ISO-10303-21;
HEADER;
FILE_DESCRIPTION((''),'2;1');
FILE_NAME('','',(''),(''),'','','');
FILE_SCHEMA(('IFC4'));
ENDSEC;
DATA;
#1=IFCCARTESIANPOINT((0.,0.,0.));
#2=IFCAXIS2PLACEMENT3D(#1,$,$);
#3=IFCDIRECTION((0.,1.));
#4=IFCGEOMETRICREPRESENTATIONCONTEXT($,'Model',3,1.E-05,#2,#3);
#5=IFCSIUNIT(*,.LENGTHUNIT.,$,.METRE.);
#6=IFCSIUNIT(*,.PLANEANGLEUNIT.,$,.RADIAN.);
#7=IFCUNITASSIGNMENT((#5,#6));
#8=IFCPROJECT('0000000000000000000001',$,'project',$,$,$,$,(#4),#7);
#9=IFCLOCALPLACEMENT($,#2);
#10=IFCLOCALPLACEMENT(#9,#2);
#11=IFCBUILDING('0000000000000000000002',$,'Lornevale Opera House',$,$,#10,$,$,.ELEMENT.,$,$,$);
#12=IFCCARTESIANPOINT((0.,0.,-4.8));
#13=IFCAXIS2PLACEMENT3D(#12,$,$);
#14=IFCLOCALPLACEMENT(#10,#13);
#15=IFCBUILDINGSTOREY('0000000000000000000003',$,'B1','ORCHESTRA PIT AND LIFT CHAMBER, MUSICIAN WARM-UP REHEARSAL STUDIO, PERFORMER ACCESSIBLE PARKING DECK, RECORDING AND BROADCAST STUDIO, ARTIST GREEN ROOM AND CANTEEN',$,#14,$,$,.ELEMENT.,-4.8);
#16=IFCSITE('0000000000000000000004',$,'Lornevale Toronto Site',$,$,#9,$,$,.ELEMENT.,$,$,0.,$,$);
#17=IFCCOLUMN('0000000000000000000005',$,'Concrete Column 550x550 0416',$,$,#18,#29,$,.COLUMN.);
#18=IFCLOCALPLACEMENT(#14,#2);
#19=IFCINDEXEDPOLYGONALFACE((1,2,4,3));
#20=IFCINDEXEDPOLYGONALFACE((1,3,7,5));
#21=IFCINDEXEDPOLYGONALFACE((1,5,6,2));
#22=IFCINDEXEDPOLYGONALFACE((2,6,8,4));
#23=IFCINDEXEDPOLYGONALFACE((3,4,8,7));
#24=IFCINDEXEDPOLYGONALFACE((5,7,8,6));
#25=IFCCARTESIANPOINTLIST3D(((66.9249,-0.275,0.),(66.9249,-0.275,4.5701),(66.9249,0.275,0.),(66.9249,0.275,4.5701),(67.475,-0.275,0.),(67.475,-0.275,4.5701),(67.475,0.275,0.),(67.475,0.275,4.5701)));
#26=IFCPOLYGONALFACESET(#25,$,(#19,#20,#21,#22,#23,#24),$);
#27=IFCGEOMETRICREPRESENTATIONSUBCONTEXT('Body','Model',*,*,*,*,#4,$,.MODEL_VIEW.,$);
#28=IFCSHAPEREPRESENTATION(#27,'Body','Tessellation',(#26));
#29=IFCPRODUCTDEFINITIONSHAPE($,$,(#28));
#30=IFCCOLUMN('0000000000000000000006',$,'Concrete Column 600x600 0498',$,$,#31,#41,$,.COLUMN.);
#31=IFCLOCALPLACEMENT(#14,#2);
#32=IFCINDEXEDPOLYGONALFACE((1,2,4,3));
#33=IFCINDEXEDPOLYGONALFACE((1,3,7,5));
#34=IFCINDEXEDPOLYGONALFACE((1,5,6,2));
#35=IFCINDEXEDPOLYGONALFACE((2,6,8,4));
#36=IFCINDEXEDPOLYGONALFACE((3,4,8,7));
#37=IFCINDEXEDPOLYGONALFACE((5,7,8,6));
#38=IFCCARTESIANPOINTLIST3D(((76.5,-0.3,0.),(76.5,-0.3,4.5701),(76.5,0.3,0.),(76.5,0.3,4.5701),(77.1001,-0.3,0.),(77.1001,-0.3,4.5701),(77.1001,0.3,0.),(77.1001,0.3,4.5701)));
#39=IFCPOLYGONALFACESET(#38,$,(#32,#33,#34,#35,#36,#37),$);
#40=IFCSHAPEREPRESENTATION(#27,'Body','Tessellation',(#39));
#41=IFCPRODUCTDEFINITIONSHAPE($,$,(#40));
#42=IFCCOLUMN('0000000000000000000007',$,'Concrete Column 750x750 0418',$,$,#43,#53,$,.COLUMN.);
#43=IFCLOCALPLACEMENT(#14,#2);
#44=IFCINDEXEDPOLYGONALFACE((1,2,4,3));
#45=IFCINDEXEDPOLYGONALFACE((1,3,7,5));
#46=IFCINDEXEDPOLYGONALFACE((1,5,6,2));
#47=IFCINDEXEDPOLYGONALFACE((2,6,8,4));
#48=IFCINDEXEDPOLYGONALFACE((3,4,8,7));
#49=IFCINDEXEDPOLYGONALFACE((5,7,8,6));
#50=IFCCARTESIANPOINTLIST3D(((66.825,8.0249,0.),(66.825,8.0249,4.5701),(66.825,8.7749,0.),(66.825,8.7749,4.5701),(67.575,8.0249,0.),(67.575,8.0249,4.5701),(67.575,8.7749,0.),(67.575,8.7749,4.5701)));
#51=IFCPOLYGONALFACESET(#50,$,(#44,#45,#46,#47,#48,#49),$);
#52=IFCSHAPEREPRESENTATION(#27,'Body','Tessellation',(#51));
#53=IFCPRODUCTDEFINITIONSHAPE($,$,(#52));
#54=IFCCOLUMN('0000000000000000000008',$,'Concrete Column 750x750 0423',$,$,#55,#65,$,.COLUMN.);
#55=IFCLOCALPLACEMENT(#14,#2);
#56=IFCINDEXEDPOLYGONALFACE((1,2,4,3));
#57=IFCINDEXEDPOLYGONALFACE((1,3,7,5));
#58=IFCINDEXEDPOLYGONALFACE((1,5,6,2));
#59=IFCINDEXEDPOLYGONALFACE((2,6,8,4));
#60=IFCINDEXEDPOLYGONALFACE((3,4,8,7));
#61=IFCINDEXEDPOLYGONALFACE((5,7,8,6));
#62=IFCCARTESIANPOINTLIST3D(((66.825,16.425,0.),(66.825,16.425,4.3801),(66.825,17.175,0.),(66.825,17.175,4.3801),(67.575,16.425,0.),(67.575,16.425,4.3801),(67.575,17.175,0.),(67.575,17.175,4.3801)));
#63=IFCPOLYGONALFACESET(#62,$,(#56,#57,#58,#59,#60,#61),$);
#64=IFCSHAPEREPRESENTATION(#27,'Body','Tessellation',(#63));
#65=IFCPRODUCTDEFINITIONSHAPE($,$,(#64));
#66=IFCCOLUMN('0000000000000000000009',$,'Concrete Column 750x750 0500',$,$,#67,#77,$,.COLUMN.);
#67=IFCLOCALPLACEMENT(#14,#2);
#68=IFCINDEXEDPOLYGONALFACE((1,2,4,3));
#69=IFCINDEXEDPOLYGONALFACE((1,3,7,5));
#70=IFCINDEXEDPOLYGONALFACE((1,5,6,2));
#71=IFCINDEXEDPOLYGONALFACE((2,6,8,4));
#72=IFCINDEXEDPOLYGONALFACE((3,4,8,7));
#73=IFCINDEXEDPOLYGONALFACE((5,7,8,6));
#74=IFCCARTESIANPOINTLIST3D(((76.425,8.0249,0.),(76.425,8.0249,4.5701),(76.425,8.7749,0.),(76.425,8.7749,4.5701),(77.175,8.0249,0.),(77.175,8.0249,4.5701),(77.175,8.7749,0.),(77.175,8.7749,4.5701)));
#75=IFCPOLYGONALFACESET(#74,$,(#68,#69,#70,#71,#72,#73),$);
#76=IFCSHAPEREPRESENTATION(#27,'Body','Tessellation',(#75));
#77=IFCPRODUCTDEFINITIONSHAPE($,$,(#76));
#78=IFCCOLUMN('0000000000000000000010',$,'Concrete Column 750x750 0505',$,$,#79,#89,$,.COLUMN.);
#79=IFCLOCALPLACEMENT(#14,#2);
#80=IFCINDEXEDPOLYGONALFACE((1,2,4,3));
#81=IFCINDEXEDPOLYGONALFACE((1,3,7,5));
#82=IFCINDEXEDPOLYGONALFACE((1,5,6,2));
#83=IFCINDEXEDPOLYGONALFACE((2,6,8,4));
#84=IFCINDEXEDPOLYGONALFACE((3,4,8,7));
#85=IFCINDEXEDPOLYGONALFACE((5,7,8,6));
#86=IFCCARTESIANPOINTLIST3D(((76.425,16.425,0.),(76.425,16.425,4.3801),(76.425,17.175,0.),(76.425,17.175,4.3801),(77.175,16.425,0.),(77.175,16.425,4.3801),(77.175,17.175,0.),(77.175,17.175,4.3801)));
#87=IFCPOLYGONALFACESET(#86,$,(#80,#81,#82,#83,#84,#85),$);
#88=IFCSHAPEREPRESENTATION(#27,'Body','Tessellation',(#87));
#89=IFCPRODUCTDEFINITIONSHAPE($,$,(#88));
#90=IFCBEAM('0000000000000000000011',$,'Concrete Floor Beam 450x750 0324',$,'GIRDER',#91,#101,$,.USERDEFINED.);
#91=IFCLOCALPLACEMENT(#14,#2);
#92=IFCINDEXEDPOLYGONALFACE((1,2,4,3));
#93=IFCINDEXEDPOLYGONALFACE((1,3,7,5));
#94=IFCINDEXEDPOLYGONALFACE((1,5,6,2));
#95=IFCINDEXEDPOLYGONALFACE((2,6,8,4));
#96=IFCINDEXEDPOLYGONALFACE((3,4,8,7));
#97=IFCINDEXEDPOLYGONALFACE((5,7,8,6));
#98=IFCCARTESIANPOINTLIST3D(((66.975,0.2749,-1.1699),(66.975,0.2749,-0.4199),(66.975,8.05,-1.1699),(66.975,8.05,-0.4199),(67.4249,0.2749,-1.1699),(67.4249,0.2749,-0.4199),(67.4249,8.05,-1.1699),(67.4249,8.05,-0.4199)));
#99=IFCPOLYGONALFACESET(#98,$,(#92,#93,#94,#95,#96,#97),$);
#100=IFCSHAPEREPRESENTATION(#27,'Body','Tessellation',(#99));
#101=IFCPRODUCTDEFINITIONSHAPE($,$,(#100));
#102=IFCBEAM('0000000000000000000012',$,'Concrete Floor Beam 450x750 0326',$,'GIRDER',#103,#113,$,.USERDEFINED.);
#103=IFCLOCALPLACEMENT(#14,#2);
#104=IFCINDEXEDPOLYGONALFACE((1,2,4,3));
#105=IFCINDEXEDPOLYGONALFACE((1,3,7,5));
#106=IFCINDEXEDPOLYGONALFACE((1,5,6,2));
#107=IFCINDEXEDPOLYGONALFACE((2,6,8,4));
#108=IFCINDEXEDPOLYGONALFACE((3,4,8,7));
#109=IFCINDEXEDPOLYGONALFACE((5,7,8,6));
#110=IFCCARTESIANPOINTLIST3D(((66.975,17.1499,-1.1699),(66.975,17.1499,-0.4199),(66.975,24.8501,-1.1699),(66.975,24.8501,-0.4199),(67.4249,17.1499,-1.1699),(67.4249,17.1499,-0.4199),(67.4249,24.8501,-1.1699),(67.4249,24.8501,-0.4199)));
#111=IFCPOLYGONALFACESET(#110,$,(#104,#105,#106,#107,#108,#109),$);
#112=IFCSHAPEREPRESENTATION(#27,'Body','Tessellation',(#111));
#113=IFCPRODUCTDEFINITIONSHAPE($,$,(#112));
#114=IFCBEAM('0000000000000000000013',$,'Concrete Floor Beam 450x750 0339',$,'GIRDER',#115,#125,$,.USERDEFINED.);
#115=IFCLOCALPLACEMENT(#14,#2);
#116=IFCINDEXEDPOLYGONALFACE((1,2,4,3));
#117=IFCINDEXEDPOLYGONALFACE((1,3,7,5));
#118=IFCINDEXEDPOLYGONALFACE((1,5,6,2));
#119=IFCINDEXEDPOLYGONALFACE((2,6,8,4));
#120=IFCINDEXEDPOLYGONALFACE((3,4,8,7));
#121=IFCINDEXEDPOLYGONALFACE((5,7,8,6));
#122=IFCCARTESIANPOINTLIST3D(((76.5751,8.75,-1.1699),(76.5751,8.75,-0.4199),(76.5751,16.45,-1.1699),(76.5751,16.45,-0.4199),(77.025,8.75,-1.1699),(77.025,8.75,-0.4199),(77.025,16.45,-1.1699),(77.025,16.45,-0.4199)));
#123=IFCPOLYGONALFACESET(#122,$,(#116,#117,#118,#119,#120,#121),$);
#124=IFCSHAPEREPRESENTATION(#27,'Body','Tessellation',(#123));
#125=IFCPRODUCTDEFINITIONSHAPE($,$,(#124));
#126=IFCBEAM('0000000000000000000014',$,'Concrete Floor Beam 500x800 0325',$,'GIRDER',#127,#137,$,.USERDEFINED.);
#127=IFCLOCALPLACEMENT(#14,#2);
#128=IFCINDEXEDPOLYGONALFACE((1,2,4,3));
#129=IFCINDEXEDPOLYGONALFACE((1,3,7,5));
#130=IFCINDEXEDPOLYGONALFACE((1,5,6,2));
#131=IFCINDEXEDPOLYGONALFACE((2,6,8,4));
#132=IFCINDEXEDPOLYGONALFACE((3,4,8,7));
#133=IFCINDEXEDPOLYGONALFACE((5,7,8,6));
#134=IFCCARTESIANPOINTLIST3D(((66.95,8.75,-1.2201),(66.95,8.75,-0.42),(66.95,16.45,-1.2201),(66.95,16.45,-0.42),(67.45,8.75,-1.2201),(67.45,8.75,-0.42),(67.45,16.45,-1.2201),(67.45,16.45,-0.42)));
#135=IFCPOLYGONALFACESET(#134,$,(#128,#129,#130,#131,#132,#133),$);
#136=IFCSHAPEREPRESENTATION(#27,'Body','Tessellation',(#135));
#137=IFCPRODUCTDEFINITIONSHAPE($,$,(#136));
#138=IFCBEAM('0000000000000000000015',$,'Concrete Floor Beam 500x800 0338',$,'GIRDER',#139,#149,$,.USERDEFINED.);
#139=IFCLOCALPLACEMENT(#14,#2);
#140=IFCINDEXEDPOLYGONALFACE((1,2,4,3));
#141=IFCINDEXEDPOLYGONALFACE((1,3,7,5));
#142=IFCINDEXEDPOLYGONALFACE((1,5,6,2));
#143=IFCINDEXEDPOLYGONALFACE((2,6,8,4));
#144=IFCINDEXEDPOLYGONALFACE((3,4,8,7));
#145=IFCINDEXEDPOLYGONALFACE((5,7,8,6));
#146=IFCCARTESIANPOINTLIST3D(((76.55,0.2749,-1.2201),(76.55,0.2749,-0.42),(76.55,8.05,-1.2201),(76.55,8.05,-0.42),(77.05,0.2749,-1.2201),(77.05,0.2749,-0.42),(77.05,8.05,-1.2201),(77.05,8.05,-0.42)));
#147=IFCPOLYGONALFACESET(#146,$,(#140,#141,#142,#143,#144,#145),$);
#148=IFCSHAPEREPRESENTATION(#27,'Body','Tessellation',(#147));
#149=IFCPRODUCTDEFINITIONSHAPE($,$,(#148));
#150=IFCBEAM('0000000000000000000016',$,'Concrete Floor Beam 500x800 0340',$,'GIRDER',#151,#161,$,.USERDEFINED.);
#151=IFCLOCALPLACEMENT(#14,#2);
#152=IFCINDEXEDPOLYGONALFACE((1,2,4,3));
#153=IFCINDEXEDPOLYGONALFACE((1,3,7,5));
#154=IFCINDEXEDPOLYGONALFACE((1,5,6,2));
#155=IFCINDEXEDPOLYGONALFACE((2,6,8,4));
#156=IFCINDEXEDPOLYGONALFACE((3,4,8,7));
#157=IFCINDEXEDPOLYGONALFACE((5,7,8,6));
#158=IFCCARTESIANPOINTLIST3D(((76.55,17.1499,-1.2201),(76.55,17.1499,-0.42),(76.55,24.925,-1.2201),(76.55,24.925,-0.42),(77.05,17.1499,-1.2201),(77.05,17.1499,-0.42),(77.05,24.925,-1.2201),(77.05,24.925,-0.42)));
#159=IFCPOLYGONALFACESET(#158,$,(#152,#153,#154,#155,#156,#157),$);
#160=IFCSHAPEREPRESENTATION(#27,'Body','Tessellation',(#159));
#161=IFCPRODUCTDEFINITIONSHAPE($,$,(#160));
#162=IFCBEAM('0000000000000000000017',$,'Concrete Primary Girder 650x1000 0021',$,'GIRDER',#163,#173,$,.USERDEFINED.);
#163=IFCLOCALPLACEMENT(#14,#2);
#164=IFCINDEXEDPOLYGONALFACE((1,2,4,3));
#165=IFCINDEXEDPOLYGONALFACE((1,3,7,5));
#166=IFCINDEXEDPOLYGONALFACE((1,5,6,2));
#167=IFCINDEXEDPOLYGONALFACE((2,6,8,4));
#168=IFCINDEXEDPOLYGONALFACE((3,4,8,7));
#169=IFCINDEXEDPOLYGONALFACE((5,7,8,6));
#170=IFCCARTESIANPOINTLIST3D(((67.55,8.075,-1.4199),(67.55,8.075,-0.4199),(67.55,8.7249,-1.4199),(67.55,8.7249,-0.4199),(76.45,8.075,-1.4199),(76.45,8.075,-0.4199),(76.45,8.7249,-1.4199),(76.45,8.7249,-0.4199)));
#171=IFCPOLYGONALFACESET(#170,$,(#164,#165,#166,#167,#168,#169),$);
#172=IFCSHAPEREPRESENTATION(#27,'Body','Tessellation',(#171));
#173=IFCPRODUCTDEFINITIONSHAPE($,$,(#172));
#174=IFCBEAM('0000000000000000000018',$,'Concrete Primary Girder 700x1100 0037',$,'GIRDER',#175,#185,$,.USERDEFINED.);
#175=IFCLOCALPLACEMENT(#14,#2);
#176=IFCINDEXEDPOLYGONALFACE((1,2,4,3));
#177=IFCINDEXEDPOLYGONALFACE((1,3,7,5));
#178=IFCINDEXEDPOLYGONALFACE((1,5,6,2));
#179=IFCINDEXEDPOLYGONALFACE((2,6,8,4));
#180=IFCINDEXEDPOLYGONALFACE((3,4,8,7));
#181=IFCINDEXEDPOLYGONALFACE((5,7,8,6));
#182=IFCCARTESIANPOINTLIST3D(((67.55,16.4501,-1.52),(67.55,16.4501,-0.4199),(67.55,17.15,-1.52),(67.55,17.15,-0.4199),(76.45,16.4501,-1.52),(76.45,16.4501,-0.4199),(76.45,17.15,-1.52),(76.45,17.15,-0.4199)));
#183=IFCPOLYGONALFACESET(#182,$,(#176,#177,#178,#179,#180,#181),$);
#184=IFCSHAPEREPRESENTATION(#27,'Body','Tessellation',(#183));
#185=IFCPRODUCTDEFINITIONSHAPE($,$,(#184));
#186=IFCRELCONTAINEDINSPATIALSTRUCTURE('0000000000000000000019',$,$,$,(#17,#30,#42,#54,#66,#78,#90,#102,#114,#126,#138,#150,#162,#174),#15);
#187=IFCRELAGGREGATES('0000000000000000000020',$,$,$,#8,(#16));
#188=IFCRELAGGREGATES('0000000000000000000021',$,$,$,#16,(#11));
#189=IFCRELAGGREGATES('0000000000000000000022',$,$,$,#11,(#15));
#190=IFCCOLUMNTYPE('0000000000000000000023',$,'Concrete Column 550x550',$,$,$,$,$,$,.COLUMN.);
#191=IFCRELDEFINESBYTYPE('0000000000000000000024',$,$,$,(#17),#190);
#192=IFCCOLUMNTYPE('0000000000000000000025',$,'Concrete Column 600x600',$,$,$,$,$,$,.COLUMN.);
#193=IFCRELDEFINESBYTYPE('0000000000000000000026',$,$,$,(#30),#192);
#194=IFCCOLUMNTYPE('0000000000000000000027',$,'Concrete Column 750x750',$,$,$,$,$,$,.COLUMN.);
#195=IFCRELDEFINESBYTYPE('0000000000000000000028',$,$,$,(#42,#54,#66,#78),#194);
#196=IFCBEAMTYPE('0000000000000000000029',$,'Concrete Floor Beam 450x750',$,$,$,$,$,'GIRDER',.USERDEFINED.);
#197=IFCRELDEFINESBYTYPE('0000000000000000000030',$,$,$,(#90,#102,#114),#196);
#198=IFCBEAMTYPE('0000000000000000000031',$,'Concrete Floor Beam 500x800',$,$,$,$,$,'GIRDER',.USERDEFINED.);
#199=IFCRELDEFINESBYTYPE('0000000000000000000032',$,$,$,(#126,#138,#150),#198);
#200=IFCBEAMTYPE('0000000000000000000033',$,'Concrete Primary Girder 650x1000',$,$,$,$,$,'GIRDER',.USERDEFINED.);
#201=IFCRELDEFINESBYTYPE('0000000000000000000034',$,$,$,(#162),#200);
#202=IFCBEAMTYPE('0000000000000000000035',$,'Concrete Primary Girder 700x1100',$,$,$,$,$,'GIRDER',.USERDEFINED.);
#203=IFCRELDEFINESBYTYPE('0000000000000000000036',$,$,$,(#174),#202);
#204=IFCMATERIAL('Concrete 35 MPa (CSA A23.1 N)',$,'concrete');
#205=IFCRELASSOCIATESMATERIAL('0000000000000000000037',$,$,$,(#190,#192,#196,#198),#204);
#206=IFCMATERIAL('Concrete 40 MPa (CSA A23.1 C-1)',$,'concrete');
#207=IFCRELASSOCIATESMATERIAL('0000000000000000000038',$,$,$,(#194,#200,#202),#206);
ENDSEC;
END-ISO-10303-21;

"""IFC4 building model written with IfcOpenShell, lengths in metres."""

from ifc_helpers import new_model, si_unit, direction, frame, origin, origin_2d, place, context, subcontext, project, spatial, rectangle, extrude, material, material_profile, profile_set, type_object, element, save


model = new_model("IFC4")

# Units and contexts
model_context = context("Model", 3, precision=1e-05, world=origin(), true_north=direction((0.0, 1.0)))
body_context = subcontext(model_context, "Body", "Model", "MODEL_VIEW")
ifc_project = project(units=[si_unit("LENGTHUNIT", "METRE"), si_unit("PLANEANGLEUNIT", "RADIAN")], contexts=[model_context])

# Site, building, storey
site_placement = place(None, origin())
site = spatial("IfcSite", under=ifc_project, at=site_placement, Name="Lornevale Toronto Site", CompositionType="ELEMENT", RefElevation=0.0)
building_placement = place(site_placement, origin())
building = spatial("IfcBuilding", under=site, at=building_placement, Name="Lornevale Opera House", CompositionType="ELEMENT")
storey_placement = place(building_placement, frame((0.0, 0.0, -4.8)))
storey = spatial("IfcBuildingStorey", under=building, at=storey_placement, Name="B1", Description="ORCHESTRA PIT AND LIFT CHAMBER, MUSICIAN WARM-UP REHEARSAL STUDIO, PERFORMER ACCESSIBLE PARKING DECK, RECORDING AND BROADCAST STUDIO, ARTIST GREEN ROOM AND CANTEEN", CompositionType="ELEMENT", Elevation=-4.8)

# Columns
ifc_material_1 = material(Name="Concrete 35 MPa (CSA A23.1 N)", Category="concrete")
ifc_material_profile_1 = material_profile(ifc_material_1, rectangle(XDim=0.55, YDim=0.55, at=origin_2d()), Name="RC550x550")
ifc_profile_set_1 = profile_set([ifc_material_profile_1], Name="Concrete 35 MPa (CSA A23.1 N)")
column_type_1 = type_object("IfcColumnType", Name="Concrete Column 550x550", PredefinedType="COLUMN", material=ifc_profile_set_1)
column_1_placement = place(storey_placement, frame((67.2, 0.0, 0.0), z_axis=(0.0, 0.0, 1.0), x_axis=(1.0, 0.0, 0.0)))
element("IfcColumn", 1, at=column_1_placement, inside=storey, type_object=column_type_1, Name="Concrete Column 550x550 0416", PredefinedType="COLUMN", context=body_context, shape_type="SweptSolid", body=[
    extrude(rectangle(XDim=0.55, YDim=0.55, at=origin_2d()), origin(), (0.0, 0.0, 1.0), 4.5701),
])
ifc_material_profile_2 = material_profile(ifc_material_1, rectangle(XDim=0.6001, YDim=0.6001, at=origin_2d()), Name="RC600x600")
ifc_profile_set_2 = profile_set([ifc_material_profile_2], Name="Concrete 35 MPa (CSA A23.1 N)")
column_type_2 = type_object("IfcColumnType", Name="Concrete Column 600x600", PredefinedType="COLUMN", material=ifc_profile_set_2)
column_2_placement = place(storey_placement, frame((76.8, 0.0, 0.0), z_axis=(0.0, 0.0, 1.0), x_axis=(1.0, 0.0, 0.0)))
element("IfcColumn", 2, at=column_2_placement, inside=storey, type_object=column_type_2, Name="Concrete Column 600x600 0498", PredefinedType="COLUMN", context=body_context, shape_type="SweptSolid", body=[
    extrude(rectangle(XDim=0.6001, YDim=0.6001, at=origin_2d()), origin(), (0.0, 0.0, 1.0), 4.5701),
])
ifc_material_2 = material(Name="Concrete 40 MPa (CSA A23.1 C-1)", Category="concrete")
ifc_material_profile_3 = material_profile(ifc_material_2, rectangle(XDim=0.75, YDim=0.75, at=origin_2d()), Name="RC750x750")
ifc_profile_set_3 = profile_set([ifc_material_profile_3], Name="Concrete 40 MPa (CSA A23.1 C-1)")
column_type_3 = type_object("IfcColumnType", Name="Concrete Column 750x750", PredefinedType="COLUMN", material=ifc_profile_set_3)
column_3_placement = place(storey_placement, frame((67.2, 8.3999, 0.0), z_axis=(0.0, 0.0, 1.0), x_axis=(1.0, 0.0, 0.0)))
element("IfcColumn", 3, at=column_3_placement, inside=storey, type_object=column_type_3, Name="Concrete Column 750x750 0418", PredefinedType="COLUMN", context=body_context, shape_type="SweptSolid", body=[
    extrude(rectangle(XDim=0.75, YDim=0.75, at=origin_2d()), origin(), (0.0, 0.0, 1.0), 4.5701),
])
column_4_placement = place(storey_placement, frame((67.2, 16.8, 0.0), z_axis=(0.0, 0.0, 1.0), x_axis=(1.0, 0.0, 0.0)))
element("IfcColumn", 4, at=column_4_placement, inside=storey, type_object=column_type_3, Name="Concrete Column 750x750 0423", PredefinedType="COLUMN", context=body_context, shape_type="SweptSolid", body=[
    extrude(rectangle(XDim=0.75, YDim=0.75, at=origin_2d()), origin(), (0.0, 0.0, 1.0), 4.3801),
])
column_5_placement = place(storey_placement, frame((76.8, 8.3999, 0.0), z_axis=(0.0, 0.0, 1.0), x_axis=(1.0, 0.0, 0.0)))
element("IfcColumn", 5, at=column_5_placement, inside=storey, type_object=column_type_3, Name="Concrete Column 750x750 0500", PredefinedType="COLUMN", context=body_context, shape_type="SweptSolid", body=[
    extrude(rectangle(XDim=0.75, YDim=0.75, at=origin_2d()), origin(), (0.0, 0.0, 1.0), 4.5701),
])
column_6_placement = place(storey_placement, frame((76.8, 16.8, 0.0), z_axis=(0.0, 0.0, 1.0), x_axis=(1.0, 0.0, 0.0)))
element("IfcColumn", 6, at=column_6_placement, inside=storey, type_object=column_type_3, Name="Concrete Column 750x750 0505", PredefinedType="COLUMN", context=body_context, shape_type="SweptSolid", body=[
    extrude(rectangle(XDim=0.75, YDim=0.75, at=origin_2d()), origin(), (0.0, 0.0, 1.0), 4.3801),
])

# Beams
ifc_material_profile_4 = material_profile(ifc_material_1, rectangle(XDim=0.45, YDim=0.75, at=origin_2d()), Name="RC450x750")
ifc_profile_set_4 = profile_set([ifc_material_profile_4], Name="Concrete 35 MPa (CSA A23.1 N)")
beam_type_1 = type_object("IfcBeamType", Name="Concrete Floor Beam 450x750", ElementType="GIRDER", PredefinedType="USERDEFINED", material=ifc_profile_set_4)
beam_1_placement = place(storey_placement, frame((67.2, 0.2749, -0.7949), z_axis=(0.0, 1.0, 0.0), x_axis=(-1.0, 0.0, 0.0)))
element("IfcBeam", 7, at=beam_1_placement, inside=storey, type_object=beam_type_1, Name="Concrete Floor Beam 450x750 0324", ObjectType="GIRDER", PredefinedType="USERDEFINED", context=body_context, shape_type="SweptSolid", body=[
    extrude(rectangle(XDim=0.45, YDim=0.75, at=origin_2d()), origin(), (0.0, 0.0, 1.0), 7.7751),
])
beam_2_placement = place(storey_placement, frame((67.2, 17.1499, -0.7949), z_axis=(0.0, 1.0, 0.0), x_axis=(-1.0, 0.0, 0.0)))
element("IfcBeam", 8, at=beam_2_placement, inside=storey, type_object=beam_type_1, Name="Concrete Floor Beam 450x750 0326", ObjectType="GIRDER", PredefinedType="USERDEFINED", context=body_context, shape_type="SweptSolid", body=[
    extrude(rectangle(XDim=0.45, YDim=0.75, at=origin_2d()), origin(), (0.0, 0.0, 1.0), 7.7002),
])
beam_3_placement = place(storey_placement, frame((76.8, 8.75, -0.7949), z_axis=(0.0, 1.0, 0.0), x_axis=(-1.0, 0.0, 0.0)))
element("IfcBeam", 9, at=beam_3_placement, inside=storey, type_object=beam_type_1, Name="Concrete Floor Beam 450x750 0339", ObjectType="GIRDER", PredefinedType="USERDEFINED", context=body_context, shape_type="SweptSolid", body=[
    extrude(rectangle(XDim=0.45, YDim=0.75, at=origin_2d()), origin(), (0.0, 0.0, 1.0), 7.7),
])
ifc_material_profile_5 = material_profile(ifc_material_1, rectangle(XDim=0.5, YDim=0.8, at=origin_2d()), Name="RC500x800")
ifc_profile_set_5 = profile_set([ifc_material_profile_5], Name="Concrete 35 MPa (CSA A23.1 N)")
beam_type_2 = type_object("IfcBeamType", Name="Concrete Floor Beam 500x800", ElementType="GIRDER", PredefinedType="USERDEFINED", material=ifc_profile_set_5)
beam_4_placement = place(storey_placement, frame((67.2, 8.75, -0.8201), z_axis=(0.0, 1.0, 0.0), x_axis=(-1.0, 0.0, 0.0)))
element("IfcBeam", 10, at=beam_4_placement, inside=storey, type_object=beam_type_2, Name="Concrete Floor Beam 500x800 0325", ObjectType="GIRDER", PredefinedType="USERDEFINED", context=body_context, shape_type="SweptSolid", body=[
    extrude(rectangle(XDim=0.5, YDim=0.8, at=origin_2d()), origin(), (0.0, 0.0, 1.0), 7.7),
])
for number, where, z_axis, x_axis, name in (
    (11, (76.8, 0.2749, -0.8201), (0.0, 1.0, 0.0), (-1.0, 0.0, 0.0), "Concrete Floor Beam 500x800 0338"),
    (12, (76.8, 17.1499, -0.8201), (0.0, 1.0, 0.0), (-1.0, 0.0, 0.0), "Concrete Floor Beam 500x800 0340"),
):
    element("IfcBeam", number, at=place(storey_placement, frame(where, z_axis=z_axis, x_axis=x_axis)), inside=storey, type_object=beam_type_2, Name=name, ObjectType="GIRDER", PredefinedType="USERDEFINED", context=body_context, shape_type="SweptSolid", body=[
        extrude(rectangle(XDim=0.5, YDim=0.8, at=origin_2d()), origin(), (0.0, 0.0, 1.0), 7.7751),
    ])
ifc_material_profile_6 = material_profile(ifc_material_2, rectangle(XDim=0.6499, YDim=1.0, at=origin_2d()), Name="RC650x1000")
ifc_profile_set_6 = profile_set([ifc_material_profile_6], Name="Concrete 40 MPa (CSA A23.1 C-1)")
beam_type_3 = type_object("IfcBeamType", Name="Concrete Primary Girder 650x1000", ElementType="GIRDER", PredefinedType="USERDEFINED", material=ifc_profile_set_6)
beam_5_placement = place(storey_placement, frame((67.55, 8.3999, -0.9199), z_axis=(1.0, 0.0, 0.0), x_axis=(0.0, 1.0, 0.0)))
element("IfcBeam", 13, at=beam_5_placement, inside=storey, type_object=beam_type_3, Name="Concrete Primary Girder 650x1000 0021", ObjectType="GIRDER", PredefinedType="USERDEFINED", context=body_context, shape_type="SweptSolid", body=[
    extrude(rectangle(XDim=0.6499, YDim=1.0, at=origin_2d()), origin(), (0.0, 0.0, 1.0), 8.8999),
])
ifc_material_profile_7 = material_profile(ifc_material_2, rectangle(XDim=0.7, YDim=1.1001, at=origin_2d()), Name="RC700x1100")
ifc_profile_set_7 = profile_set([ifc_material_profile_7], Name="Concrete 40 MPa (CSA A23.1 C-1)")
beam_type_4 = type_object("IfcBeamType", Name="Concrete Primary Girder 700x1100", ElementType="GIRDER", PredefinedType="USERDEFINED", material=ifc_profile_set_7)
beam_6_placement = place(storey_placement, frame((67.55, 16.8, -0.97), z_axis=(1.0, 0.0, 0.0), x_axis=(0.0, 1.0, 0.0)))
element("IfcBeam", 14, at=beam_6_placement, inside=storey, type_object=beam_type_4, Name="Concrete Primary Girder 700x1100 0037", ObjectType="GIRDER", PredefinedType="USERDEFINED", context=body_context, shape_type="SweptSolid", body=[
    extrude(rectangle(XDim=0.7, YDim=1.1001, at=origin_2d()), origin(), (0.0, 0.0, 1.0), 8.8999),
])

save(model, "model.ifc")
